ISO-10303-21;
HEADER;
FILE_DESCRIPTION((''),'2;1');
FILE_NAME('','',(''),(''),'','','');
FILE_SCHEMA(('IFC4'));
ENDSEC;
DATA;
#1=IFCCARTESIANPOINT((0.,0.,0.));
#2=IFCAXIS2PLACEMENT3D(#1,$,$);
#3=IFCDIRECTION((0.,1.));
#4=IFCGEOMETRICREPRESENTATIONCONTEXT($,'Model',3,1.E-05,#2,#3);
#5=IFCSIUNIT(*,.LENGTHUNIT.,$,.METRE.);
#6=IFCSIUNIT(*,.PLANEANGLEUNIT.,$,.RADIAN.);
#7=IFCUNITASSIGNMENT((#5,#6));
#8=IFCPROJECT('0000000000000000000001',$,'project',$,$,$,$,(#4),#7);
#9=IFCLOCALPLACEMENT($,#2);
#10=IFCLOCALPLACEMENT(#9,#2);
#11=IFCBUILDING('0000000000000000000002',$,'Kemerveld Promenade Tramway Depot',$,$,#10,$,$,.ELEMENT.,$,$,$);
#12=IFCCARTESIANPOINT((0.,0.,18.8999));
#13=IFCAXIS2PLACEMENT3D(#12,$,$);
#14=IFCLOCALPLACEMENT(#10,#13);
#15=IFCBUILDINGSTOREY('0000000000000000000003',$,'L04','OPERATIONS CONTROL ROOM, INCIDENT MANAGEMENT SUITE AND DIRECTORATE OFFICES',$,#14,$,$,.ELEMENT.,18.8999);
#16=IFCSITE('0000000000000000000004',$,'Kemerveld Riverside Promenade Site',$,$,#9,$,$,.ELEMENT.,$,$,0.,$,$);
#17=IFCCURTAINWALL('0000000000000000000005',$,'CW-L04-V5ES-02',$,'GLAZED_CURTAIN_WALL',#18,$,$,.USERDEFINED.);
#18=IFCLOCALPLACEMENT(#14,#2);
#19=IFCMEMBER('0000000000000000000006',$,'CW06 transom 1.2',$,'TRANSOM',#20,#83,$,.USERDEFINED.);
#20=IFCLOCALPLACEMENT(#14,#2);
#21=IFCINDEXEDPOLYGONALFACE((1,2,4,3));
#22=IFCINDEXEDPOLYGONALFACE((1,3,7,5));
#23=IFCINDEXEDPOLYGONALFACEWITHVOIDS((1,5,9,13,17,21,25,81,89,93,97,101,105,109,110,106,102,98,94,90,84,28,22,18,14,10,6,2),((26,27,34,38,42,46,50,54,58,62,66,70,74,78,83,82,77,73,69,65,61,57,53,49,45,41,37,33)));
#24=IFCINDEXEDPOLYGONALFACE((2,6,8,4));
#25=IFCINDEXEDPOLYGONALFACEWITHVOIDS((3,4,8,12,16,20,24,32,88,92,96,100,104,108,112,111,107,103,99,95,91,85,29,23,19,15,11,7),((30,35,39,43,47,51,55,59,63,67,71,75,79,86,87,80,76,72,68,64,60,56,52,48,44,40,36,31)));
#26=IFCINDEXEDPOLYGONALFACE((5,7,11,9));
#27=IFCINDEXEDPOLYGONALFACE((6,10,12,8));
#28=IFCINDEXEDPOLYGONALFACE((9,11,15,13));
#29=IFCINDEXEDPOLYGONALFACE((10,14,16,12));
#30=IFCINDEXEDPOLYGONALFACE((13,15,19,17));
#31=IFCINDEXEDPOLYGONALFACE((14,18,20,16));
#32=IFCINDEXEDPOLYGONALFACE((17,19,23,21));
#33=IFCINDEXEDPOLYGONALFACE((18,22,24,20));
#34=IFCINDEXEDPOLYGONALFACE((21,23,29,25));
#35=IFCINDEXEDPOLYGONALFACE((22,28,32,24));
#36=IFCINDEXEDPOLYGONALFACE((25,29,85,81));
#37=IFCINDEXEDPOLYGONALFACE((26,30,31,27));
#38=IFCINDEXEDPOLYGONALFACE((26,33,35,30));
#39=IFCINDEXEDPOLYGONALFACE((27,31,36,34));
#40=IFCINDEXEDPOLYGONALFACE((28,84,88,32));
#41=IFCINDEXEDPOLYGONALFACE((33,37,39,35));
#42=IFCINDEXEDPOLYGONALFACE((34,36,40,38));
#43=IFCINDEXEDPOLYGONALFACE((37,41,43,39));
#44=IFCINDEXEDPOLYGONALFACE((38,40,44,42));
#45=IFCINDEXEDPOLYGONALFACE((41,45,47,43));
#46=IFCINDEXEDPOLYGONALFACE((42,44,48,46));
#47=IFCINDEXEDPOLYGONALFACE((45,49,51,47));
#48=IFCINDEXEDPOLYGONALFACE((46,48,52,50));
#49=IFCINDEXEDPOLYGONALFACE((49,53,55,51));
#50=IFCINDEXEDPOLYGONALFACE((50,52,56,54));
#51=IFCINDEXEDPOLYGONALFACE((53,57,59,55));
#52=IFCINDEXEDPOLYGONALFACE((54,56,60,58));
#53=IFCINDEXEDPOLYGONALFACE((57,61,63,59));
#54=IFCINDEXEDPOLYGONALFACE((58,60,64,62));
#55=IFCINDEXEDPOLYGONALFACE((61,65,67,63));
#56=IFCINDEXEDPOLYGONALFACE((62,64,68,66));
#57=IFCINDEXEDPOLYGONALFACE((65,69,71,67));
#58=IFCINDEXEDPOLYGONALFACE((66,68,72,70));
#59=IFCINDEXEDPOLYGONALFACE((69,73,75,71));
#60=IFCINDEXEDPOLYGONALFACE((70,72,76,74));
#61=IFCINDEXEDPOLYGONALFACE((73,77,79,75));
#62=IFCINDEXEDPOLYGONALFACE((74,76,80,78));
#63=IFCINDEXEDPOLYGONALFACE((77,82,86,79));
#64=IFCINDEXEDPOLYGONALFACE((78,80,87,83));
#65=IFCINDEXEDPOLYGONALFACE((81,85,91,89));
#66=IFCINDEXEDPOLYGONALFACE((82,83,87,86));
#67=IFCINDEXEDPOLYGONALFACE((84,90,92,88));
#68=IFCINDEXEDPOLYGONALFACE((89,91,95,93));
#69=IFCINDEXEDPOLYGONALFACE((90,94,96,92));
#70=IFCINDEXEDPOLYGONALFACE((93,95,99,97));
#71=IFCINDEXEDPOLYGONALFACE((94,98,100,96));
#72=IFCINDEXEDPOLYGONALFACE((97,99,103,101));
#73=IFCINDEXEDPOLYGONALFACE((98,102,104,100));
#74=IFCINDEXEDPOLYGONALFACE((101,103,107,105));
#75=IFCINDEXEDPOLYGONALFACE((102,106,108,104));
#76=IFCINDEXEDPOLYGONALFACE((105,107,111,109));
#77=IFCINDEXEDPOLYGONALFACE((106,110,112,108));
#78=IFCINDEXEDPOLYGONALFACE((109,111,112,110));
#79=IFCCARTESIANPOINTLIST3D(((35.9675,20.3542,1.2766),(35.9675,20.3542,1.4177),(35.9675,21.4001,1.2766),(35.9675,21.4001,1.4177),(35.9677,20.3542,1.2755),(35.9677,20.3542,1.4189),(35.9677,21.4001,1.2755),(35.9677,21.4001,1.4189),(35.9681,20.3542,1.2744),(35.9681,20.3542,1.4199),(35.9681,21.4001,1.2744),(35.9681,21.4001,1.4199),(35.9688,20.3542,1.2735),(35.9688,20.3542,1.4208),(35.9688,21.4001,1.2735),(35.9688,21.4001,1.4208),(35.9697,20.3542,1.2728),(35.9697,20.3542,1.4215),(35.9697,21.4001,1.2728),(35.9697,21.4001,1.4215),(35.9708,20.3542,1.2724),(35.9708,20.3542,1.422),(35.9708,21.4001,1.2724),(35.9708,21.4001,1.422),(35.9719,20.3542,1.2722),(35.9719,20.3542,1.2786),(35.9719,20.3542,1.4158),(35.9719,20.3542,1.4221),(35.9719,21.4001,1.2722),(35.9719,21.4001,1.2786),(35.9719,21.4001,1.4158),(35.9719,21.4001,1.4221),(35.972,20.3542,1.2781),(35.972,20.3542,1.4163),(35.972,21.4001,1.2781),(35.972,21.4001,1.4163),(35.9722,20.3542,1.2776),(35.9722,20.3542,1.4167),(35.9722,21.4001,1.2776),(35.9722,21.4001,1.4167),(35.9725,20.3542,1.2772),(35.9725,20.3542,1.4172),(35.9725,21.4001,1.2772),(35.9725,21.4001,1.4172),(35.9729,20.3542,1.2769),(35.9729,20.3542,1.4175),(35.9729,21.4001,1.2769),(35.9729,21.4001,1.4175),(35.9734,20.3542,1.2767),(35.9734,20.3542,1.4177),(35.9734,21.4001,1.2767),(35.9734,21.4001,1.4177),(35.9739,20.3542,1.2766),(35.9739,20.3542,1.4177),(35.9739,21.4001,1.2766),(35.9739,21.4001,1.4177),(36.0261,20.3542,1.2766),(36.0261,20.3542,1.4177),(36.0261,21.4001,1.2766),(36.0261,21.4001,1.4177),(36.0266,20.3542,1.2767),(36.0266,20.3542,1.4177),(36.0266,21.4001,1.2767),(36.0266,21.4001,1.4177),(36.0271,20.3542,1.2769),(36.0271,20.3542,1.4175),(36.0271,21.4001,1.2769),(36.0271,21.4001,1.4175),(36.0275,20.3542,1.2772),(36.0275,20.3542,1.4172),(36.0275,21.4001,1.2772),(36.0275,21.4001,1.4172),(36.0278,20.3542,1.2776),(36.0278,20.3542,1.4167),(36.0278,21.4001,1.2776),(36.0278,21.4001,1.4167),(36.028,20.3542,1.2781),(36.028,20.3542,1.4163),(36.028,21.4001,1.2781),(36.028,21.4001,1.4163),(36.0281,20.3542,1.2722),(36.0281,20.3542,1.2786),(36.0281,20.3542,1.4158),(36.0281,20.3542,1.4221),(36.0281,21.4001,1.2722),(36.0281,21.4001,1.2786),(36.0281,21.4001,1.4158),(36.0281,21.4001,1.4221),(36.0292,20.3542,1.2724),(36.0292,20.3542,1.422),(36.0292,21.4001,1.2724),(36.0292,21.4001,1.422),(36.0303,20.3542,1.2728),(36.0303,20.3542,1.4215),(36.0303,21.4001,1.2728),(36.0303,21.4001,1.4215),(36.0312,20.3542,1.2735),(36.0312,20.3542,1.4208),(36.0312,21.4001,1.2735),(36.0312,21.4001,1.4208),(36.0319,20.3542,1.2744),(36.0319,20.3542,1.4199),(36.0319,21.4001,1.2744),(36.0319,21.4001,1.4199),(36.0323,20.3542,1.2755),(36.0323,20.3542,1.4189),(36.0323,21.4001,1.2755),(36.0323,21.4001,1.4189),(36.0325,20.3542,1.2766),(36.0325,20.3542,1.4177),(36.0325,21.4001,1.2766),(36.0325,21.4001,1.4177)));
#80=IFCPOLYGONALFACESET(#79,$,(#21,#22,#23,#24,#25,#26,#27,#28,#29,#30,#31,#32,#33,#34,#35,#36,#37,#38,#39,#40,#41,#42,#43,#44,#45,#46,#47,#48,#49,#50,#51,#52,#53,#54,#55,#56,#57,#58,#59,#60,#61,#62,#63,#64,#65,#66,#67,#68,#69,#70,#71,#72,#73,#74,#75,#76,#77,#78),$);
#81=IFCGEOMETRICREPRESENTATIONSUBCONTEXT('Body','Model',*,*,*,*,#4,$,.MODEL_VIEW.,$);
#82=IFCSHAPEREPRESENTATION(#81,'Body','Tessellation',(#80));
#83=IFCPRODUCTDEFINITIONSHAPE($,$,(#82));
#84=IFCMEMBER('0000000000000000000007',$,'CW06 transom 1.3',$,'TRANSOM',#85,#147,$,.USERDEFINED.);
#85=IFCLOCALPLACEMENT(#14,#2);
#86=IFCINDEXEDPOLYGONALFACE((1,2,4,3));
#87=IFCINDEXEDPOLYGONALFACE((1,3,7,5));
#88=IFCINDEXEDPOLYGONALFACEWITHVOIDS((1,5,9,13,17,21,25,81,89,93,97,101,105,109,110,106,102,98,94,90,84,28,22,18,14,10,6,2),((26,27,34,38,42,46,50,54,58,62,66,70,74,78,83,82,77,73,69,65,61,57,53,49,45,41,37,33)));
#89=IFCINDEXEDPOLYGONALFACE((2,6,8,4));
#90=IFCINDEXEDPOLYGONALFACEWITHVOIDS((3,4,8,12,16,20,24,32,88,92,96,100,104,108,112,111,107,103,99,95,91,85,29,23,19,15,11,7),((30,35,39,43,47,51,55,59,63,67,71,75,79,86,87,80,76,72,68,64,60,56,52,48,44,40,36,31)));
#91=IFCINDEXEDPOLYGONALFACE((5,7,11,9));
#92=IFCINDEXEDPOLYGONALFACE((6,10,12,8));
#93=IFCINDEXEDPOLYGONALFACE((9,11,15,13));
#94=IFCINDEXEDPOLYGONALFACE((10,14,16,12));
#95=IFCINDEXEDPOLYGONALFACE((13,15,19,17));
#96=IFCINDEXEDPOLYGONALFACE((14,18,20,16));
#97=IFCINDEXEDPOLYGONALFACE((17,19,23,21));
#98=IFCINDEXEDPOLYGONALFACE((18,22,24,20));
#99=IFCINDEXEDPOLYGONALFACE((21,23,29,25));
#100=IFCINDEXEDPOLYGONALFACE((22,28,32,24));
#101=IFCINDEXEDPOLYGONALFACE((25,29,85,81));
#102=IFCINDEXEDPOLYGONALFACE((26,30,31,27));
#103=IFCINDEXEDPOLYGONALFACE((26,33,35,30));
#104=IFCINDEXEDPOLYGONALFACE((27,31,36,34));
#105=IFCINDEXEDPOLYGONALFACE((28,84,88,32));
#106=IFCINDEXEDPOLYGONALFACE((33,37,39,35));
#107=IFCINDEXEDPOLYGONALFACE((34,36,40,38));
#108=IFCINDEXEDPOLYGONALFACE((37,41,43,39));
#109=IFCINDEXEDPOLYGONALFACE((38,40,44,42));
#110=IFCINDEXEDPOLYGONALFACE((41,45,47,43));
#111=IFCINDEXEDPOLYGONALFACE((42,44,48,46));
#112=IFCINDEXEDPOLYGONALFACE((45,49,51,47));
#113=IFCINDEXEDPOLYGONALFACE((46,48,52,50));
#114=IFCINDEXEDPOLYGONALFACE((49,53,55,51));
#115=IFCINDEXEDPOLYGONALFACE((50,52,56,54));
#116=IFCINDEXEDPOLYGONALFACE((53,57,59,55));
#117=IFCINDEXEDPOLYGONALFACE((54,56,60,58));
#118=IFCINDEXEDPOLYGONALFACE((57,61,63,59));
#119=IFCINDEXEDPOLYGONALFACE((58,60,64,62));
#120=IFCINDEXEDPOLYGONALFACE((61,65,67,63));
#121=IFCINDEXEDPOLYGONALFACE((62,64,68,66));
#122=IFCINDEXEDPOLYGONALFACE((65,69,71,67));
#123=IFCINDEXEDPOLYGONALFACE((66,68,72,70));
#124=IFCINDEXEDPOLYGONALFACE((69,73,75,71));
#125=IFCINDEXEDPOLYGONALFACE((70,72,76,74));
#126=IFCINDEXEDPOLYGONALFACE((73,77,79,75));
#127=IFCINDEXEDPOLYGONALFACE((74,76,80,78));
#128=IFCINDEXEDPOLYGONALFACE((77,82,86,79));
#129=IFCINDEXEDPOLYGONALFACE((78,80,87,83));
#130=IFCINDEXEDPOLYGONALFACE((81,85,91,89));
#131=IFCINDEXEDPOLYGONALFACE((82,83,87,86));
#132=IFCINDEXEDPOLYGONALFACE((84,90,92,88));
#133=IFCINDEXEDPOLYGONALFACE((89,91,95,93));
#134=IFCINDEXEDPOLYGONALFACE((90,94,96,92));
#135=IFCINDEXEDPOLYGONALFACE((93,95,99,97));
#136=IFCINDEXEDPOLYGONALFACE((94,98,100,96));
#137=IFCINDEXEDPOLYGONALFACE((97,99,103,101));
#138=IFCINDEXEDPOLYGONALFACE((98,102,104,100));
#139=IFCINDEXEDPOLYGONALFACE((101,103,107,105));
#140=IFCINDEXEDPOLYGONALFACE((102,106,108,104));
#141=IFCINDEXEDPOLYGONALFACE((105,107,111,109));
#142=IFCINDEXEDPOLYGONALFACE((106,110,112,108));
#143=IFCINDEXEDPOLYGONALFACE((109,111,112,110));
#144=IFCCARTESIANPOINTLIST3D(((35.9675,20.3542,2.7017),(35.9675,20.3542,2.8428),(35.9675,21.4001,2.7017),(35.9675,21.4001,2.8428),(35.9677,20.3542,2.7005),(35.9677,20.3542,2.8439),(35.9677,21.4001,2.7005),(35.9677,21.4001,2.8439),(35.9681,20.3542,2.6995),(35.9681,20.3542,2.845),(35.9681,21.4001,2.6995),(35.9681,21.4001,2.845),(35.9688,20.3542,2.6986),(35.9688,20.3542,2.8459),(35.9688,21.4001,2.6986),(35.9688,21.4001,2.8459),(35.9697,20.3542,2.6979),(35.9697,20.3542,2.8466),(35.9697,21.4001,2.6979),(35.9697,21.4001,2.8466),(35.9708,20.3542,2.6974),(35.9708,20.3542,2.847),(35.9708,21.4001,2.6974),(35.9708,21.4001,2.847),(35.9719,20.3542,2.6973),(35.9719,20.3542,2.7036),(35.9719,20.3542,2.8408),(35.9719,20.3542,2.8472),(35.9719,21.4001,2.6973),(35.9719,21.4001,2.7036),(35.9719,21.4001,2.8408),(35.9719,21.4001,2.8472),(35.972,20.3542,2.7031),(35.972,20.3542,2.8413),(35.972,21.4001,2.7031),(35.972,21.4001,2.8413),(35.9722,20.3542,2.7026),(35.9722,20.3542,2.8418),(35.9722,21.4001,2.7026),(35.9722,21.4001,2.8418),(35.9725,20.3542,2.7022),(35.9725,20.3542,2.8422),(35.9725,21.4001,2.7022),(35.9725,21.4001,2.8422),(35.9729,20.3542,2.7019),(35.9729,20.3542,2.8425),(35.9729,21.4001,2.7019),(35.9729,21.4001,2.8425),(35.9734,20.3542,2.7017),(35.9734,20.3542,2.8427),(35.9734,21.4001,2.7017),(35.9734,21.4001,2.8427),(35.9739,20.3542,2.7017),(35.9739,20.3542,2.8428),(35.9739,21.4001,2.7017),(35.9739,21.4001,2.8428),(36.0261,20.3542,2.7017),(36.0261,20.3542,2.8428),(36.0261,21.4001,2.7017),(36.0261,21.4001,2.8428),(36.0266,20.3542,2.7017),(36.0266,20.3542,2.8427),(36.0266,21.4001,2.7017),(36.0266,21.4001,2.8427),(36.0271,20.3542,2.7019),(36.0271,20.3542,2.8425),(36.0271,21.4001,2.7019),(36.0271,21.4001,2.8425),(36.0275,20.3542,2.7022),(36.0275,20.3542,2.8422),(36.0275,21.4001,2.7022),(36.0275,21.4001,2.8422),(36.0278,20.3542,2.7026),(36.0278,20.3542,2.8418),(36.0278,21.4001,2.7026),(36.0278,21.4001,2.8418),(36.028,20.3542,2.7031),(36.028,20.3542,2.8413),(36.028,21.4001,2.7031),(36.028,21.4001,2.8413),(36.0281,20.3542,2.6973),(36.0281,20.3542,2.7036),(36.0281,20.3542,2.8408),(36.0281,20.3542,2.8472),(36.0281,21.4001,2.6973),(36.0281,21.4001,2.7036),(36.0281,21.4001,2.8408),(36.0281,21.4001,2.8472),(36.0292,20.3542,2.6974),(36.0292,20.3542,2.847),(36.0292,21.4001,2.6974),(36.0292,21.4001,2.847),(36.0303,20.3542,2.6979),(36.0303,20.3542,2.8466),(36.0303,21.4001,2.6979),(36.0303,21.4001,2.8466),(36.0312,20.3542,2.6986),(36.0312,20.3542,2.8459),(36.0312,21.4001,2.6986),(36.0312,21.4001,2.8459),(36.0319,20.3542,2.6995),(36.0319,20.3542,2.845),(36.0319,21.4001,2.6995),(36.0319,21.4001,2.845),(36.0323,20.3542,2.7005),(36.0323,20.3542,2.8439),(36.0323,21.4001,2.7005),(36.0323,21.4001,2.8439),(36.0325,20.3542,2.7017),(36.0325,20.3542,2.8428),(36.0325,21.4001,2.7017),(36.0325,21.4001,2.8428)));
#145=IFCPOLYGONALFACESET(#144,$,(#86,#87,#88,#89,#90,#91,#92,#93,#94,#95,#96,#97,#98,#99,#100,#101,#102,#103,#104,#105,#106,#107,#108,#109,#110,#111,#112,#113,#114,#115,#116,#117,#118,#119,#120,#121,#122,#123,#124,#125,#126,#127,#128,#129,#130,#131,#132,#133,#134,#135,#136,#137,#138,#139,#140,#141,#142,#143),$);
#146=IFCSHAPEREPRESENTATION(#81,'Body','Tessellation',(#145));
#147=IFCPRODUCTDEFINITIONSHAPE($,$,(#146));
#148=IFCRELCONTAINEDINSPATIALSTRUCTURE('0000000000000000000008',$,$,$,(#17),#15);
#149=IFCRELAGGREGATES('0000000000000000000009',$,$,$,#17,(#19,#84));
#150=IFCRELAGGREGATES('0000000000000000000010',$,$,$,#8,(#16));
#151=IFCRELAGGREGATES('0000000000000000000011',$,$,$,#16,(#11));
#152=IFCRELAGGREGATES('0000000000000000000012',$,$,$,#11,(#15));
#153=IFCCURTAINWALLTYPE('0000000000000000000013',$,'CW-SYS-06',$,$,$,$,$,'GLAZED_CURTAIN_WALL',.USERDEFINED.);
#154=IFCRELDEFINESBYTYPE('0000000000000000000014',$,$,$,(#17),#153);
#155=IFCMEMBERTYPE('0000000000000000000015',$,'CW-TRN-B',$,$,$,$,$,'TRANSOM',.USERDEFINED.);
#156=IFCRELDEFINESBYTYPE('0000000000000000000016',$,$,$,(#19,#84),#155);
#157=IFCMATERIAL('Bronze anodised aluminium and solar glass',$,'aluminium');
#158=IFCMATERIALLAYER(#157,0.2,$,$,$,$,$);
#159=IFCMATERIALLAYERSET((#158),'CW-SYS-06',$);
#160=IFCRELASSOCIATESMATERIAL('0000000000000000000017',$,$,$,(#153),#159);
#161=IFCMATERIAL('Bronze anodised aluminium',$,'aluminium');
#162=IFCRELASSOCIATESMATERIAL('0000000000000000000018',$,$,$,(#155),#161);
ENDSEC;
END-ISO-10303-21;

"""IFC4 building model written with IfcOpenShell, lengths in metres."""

from ifc_helpers import new_model, si_unit, direction, frame, origin, origin_2d, place, context, subcontext, project, spatial, hollow_rectangle, extrude, material, layer, layer_set, material_profile, profile_set, type_object, element, aggregate, save


model = new_model("IFC4")

# Units and contexts
model_context = context("Model", 3, precision=1e-05, world=origin(), true_north=direction((0.0, 1.0)))
body_context = subcontext(model_context, "Body", "Model", "MODEL_VIEW")
ifc_project = project(units=[si_unit("LENGTHUNIT", "METRE"), si_unit("PLANEANGLEUNIT", "RADIAN")], contexts=[model_context])

# Site, building, storey
site_placement = place(None, origin())
site = spatial("IfcSite", under=ifc_project, at=site_placement, Name="Kemerveld Riverside Promenade Site", CompositionType="ELEMENT", RefElevation=0.0)
building_placement = place(site_placement, origin())
building = spatial("IfcBuilding", under=site, at=building_placement, Name="Kemerveld Promenade Tramway Depot", CompositionType="ELEMENT")
storey_placement = place(building_placement, frame((0.0, 0.0, 18.8999)))
storey = spatial("IfcBuildingStorey", under=building, at=storey_placement, Name="L04", Description="OPERATIONS CONTROL ROOM, INCIDENT MANAGEMENT SUITE AND DIRECTORATE OFFICES", CompositionType="ELEMENT", Elevation=18.8999)

# Curtain wall, members
ifc_material_1 = material(Name="Bronze anodised aluminium and solar glass", Category="aluminium")
ifc_layer_1 = layer(ifc_material_1, 0.2)
ifc_layer_set_1 = layer_set([ifc_layer_1], Name="CW-SYS-06")
curtain_wall_type = type_object("IfcCurtainWallType", Name="CW-SYS-06", ElementType="GLAZED_CURTAIN_WALL", PredefinedType="USERDEFINED", material=ifc_layer_set_1)
curtain_wall_placement = place(storey_placement, origin())
curtain_wall = element("IfcCurtainWall", 1, at=curtain_wall_placement, inside=storey, type_object=curtain_wall_type, Name="CW-L04-V5ES-02", ObjectType="GLAZED_CURTAIN_WALL", PredefinedType="USERDEFINED")
ifc_material_2 = material(Name="Bronze anodised aluminium", Category="aluminium")
ifc_material_profile_1 = material_profile(ifc_material_2, hollow_rectangle(XDim=0.0649, YDim=0.1499, WallThickness=0.0044, InnerFilletRadius=0.002, OuterFilletRadius=0.0044, at=origin_2d()), Name="CW-TRN-150x65")
ifc_profile_set_1 = profile_set([ifc_material_profile_1], Name="Bronze anodised aluminium")
member_type_1 = type_object("IfcMemberType", Name="CW-TRN-B", ElementType="TRANSOM", PredefinedType="USERDEFINED", material=ifc_profile_set_1)
member_1_placement = place(storey_placement, frame((36.0, 21.4001, 1.3472), z_axis=(0.0, -1.0, 0.0), x_axis=(1.0, 0.0, 0.0)))
member_1 = element("IfcMember", 2, at=member_1_placement, type_object=member_type_1, Name="CW06 transom 1.2", ObjectType="TRANSOM", PredefinedType="USERDEFINED", context=body_context, shape_type="SweptSolid", body=[
    extrude(hollow_rectangle(XDim=0.0649, YDim=0.1499, WallThickness=0.0044, InnerFilletRadius=0.002, OuterFilletRadius=0.0044, at=origin_2d()), origin(), (0.0, 0.0, 1.0), 1.0459),
])
member_2_placement = place(storey_placement, frame((36.0, 21.4001, 2.7722), z_axis=(0.0, -1.0, 0.0), x_axis=(1.0, 0.0, 0.0)))
member_2 = element("IfcMember", 3, at=member_2_placement, type_object=member_type_1, Name="CW06 transom 1.3", ObjectType="TRANSOM", PredefinedType="USERDEFINED", context=body_context, shape_type="SweptSolid", body=[
    extrude(hollow_rectangle(XDim=0.0649, YDim=0.1499, WallThickness=0.0044, InnerFilletRadius=0.002, OuterFilletRadius=0.0044, at=origin_2d()), origin(), (0.0, 0.0, 1.0), 1.0459),
])
aggregate(curtain_wall, [member_1, member_2])

save(model, "model.ifc")
